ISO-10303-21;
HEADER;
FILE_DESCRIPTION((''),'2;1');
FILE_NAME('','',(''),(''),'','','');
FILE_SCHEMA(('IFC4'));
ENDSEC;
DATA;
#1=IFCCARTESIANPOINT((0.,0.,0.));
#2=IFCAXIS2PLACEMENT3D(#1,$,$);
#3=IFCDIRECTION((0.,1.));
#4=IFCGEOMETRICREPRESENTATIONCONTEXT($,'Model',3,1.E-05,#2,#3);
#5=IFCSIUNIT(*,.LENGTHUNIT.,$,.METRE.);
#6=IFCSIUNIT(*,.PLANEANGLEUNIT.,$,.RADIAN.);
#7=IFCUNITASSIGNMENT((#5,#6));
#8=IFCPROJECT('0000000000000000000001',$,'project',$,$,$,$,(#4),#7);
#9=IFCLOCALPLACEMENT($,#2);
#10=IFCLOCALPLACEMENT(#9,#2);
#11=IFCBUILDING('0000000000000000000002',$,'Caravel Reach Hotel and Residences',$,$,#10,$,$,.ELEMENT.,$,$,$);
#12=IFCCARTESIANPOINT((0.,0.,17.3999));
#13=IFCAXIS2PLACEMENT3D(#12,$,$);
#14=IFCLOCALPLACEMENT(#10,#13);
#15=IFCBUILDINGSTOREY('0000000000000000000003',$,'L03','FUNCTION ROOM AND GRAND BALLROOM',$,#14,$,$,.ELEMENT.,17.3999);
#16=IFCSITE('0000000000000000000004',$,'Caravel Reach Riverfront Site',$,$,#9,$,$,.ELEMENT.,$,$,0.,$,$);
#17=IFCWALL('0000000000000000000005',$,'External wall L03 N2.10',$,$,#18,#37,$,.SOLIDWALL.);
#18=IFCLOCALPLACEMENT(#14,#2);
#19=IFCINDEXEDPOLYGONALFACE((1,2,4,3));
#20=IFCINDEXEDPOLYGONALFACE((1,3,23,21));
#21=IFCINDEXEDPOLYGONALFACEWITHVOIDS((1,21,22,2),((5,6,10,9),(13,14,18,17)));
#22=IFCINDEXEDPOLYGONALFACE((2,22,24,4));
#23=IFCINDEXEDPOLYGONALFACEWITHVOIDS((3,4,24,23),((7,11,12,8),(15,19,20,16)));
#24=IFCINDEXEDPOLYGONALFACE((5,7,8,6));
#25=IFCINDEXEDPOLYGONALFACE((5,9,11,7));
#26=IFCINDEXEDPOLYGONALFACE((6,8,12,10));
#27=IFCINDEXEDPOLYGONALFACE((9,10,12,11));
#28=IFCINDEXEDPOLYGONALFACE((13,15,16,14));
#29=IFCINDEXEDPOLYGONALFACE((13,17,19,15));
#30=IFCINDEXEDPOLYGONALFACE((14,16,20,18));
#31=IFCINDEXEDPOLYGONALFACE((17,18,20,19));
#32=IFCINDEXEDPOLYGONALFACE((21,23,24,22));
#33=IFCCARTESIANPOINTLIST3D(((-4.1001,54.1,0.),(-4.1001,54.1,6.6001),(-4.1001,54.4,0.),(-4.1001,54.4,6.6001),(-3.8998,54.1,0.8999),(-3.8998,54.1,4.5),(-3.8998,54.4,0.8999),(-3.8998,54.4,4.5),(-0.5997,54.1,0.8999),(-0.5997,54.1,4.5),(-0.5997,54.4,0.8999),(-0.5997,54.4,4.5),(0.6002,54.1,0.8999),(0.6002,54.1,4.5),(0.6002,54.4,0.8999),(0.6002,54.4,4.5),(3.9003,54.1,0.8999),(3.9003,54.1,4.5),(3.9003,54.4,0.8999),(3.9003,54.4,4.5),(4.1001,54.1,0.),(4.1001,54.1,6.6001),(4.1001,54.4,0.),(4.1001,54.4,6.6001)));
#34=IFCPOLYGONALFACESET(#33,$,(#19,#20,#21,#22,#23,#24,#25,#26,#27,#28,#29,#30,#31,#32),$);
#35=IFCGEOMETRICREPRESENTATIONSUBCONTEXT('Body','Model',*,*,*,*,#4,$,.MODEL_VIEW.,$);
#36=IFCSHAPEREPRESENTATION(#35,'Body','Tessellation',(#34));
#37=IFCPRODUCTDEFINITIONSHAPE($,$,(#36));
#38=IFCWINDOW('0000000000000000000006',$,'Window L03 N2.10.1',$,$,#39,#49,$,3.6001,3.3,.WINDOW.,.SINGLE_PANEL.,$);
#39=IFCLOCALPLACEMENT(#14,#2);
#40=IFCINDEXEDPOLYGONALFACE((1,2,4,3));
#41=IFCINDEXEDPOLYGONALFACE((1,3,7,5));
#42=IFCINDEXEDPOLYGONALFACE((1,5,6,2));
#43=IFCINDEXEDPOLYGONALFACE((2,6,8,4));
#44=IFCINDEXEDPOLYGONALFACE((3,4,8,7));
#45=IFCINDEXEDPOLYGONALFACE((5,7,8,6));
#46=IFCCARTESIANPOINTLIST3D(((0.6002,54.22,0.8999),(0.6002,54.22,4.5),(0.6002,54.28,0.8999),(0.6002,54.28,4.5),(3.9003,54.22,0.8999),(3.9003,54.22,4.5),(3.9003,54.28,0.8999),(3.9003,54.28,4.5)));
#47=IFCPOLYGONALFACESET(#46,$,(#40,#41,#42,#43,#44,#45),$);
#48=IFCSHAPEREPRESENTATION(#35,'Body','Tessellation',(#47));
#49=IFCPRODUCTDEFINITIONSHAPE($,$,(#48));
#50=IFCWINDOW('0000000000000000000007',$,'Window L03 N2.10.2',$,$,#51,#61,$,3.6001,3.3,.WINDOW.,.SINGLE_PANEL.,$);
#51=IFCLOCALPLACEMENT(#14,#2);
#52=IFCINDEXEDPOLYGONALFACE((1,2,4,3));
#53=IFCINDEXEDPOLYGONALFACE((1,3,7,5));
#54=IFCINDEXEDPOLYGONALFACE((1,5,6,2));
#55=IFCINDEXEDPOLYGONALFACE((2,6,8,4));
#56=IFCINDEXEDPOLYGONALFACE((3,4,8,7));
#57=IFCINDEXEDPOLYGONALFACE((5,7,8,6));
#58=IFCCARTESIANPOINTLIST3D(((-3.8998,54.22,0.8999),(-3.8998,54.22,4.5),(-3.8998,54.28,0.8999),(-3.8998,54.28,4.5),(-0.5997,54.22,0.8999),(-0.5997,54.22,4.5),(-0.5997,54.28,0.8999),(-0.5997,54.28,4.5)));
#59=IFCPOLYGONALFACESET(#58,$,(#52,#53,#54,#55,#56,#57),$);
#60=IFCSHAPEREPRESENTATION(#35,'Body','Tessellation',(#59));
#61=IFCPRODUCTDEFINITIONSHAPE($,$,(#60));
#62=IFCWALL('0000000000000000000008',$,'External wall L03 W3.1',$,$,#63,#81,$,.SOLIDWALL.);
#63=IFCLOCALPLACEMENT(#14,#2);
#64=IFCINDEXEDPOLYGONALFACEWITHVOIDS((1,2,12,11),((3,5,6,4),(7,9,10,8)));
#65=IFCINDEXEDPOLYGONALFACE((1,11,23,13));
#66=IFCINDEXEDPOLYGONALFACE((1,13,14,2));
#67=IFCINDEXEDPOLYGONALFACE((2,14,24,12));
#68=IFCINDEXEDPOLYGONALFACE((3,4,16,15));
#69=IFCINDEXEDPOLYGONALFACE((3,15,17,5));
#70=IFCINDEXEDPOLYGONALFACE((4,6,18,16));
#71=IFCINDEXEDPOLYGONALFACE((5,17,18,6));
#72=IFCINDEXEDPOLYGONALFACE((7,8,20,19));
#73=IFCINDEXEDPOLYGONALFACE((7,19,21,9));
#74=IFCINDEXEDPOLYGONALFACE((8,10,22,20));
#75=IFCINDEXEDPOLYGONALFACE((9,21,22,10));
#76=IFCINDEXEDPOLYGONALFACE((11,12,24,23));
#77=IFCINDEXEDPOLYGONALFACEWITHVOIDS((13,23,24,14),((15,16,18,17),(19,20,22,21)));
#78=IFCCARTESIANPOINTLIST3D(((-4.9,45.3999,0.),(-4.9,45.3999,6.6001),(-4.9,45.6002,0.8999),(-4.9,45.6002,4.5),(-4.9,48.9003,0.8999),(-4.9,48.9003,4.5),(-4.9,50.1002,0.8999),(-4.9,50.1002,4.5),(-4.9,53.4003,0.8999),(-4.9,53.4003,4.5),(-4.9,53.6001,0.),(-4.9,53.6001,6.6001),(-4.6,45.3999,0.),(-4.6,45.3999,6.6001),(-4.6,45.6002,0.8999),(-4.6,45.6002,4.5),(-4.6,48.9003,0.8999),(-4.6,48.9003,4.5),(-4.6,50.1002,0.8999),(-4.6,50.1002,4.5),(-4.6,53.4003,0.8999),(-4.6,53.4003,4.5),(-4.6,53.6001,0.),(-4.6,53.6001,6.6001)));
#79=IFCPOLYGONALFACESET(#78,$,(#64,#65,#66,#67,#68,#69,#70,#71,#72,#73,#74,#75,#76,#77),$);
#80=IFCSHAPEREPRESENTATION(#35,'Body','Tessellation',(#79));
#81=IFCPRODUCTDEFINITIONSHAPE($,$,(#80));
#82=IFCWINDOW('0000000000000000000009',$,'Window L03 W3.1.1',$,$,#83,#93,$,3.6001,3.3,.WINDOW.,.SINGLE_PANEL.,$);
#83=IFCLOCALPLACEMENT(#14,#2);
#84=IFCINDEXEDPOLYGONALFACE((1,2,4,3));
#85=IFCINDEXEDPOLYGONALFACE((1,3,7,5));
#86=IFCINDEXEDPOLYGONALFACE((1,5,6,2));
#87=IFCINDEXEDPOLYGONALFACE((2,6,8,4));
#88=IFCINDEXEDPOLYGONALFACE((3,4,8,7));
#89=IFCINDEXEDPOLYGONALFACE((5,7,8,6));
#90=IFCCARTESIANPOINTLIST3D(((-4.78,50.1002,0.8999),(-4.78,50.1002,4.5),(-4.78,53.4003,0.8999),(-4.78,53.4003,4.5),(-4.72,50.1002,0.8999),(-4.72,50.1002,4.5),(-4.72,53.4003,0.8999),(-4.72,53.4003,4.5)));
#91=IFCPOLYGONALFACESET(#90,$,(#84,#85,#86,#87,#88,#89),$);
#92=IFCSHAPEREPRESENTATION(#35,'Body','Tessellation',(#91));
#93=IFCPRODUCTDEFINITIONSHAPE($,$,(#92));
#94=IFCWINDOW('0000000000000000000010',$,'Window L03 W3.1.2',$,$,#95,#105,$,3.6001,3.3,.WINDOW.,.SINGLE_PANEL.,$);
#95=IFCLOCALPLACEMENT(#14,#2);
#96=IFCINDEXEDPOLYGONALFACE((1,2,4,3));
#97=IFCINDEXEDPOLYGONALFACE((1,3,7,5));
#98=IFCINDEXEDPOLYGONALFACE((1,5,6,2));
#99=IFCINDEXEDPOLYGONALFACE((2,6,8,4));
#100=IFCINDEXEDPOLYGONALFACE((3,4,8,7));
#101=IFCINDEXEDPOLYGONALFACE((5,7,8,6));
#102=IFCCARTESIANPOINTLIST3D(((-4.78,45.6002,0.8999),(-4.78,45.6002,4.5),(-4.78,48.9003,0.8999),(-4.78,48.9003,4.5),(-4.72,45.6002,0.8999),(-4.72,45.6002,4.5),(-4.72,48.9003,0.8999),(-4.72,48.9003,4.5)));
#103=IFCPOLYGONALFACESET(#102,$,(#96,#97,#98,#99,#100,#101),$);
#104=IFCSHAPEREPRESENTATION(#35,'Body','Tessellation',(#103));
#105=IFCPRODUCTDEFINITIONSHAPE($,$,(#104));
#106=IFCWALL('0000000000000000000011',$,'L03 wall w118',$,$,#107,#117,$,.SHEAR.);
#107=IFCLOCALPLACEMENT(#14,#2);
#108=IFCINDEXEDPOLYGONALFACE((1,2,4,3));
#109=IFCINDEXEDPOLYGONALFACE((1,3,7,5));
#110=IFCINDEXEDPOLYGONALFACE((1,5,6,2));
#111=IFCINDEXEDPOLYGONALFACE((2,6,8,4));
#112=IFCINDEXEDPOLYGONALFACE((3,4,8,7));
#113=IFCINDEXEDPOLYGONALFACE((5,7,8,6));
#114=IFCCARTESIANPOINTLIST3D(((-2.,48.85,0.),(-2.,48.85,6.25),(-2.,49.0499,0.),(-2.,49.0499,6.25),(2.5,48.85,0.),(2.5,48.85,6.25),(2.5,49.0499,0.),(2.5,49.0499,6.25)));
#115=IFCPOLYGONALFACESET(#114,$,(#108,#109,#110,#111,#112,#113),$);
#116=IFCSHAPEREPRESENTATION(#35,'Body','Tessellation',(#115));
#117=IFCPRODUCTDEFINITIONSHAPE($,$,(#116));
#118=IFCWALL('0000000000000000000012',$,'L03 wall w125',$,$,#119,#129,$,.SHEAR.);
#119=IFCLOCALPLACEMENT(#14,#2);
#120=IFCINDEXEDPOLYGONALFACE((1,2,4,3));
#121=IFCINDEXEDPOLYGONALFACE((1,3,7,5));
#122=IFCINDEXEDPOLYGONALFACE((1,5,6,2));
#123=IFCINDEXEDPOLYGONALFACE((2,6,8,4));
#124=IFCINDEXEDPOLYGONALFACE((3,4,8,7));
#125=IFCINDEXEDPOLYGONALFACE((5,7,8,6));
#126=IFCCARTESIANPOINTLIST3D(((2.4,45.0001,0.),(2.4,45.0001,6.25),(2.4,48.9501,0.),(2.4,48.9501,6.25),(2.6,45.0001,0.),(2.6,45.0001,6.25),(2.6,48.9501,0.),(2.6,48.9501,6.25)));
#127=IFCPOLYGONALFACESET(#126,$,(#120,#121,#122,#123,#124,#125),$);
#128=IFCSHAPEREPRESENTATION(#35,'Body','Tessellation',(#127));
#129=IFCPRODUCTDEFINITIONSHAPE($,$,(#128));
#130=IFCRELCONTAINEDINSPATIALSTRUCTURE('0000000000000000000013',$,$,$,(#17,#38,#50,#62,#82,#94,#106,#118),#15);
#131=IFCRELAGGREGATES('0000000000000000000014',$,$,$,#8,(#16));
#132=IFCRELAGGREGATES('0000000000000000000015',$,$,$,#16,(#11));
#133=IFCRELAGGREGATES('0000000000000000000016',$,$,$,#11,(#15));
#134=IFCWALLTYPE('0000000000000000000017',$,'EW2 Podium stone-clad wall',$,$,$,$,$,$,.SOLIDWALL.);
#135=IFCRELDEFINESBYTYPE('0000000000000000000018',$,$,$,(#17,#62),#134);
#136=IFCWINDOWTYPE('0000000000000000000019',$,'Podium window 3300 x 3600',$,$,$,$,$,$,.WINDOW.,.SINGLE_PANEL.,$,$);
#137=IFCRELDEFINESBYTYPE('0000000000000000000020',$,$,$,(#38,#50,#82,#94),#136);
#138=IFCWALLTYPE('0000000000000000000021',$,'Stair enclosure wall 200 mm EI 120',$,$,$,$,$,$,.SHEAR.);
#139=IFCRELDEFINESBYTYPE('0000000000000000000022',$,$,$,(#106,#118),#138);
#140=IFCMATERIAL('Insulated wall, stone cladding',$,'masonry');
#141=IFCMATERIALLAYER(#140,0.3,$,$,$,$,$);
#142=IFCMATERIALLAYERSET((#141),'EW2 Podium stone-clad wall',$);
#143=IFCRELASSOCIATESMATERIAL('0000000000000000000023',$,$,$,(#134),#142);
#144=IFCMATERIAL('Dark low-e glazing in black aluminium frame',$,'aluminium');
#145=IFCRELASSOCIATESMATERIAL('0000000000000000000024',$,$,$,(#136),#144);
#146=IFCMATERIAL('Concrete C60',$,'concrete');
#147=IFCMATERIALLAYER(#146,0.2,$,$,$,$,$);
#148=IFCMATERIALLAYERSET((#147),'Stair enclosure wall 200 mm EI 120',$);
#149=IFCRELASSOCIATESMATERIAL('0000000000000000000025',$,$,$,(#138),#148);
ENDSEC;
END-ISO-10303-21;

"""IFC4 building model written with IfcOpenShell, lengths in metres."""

from ifc_helpers import new_model, si_unit, direction, frame, frame_2d, origin, place, context, subcontext, project, spatial, rectangle, extrude, material, layer, layer_set, type_object, element, fill, save


model = new_model("IFC4")

# Units and contexts
model_context = context("Model", 3, precision=1e-05, world=origin(), true_north=direction((0.0, 1.0)))
body_context = subcontext(model_context, "Body", "Model", "MODEL_VIEW")
ifc_project = project(units=[si_unit("LENGTHUNIT", "METRE"), si_unit("PLANEANGLEUNIT", "RADIAN")], contexts=[model_context])

# Site, building, storey
site_placement = place(None, origin())
site = spatial("IfcSite", under=ifc_project, at=site_placement, Name="Caravel Reach Riverfront Site", CompositionType="ELEMENT", RefElevation=0.0)
building_placement = place(site_placement, origin())
building = spatial("IfcBuilding", under=site, at=building_placement, Name="Caravel Reach Hotel and Residences", CompositionType="ELEMENT")
storey_placement = place(building_placement, frame((0.0, 0.0, 17.3999)))
storey = spatial("IfcBuildingStorey", under=building, at=storey_placement, Name="L03", Description="FUNCTION ROOM AND GRAND BALLROOM", CompositionType="ELEMENT", Elevation=17.3999)

# Walls, openings, windows
ifc_material_1 = material(Name="Insulated wall, stone cladding", Category="masonry")
ifc_layer_1 = layer(ifc_material_1, 0.3)
ifc_layer_set_1 = layer_set([ifc_layer_1], Name="EW2 Podium stone-clad wall")
wall_type_1 = type_object("IfcWallType", Name="EW2 Podium stone-clad wall", PredefinedType="SOLIDWALL", material=ifc_layer_set_1)
wall_1_placement = place(storey_placement, frame((4.1001, 54.25, 0.0), z_axis=(0.0, 0.0, 1.0), x_axis=(-1.0, 0.0, 0.0)))
wall_1 = element("IfcWall", 1, at=wall_1_placement, inside=storey, type_object=wall_type_1, Name="External wall L03 N2.10", PredefinedType="SOLIDWALL", context=body_context, shape_type="SweptSolid", body=[
    extrude(rectangle(XDim=8.2002, YDim=0.3, at=frame_2d((4.1001, 0.0))), origin(), (0.0, 0.0, 1.0), 6.6001),
])
opening_1_placement = place(wall_1_placement, frame((0.2, 0.0, 0.8999)))
opening_1 = element("IfcOpeningElement", 2, at=opening_1_placement, cuts=wall_1, PredefinedType="OPENING", context=body_context, shape_type="SweptSolid", body=[
    extrude(rectangle(XDim=3.3, YDim=3.6001, at=frame_2d((1.6499, 1.8))), frame((0.0, 0.1599, 0.0), z_axis=(0.0, -1.0, 0.0), x_axis=(1.0, 0.0, 0.0)), (0.0, 0.0, 1.0), 0.3201),
])
opening_2_placement = place(wall_1_placement, frame((4.7, 0.0, 0.8999)))
opening_2 = element("IfcOpeningElement", 3, at=opening_2_placement, cuts=wall_1, PredefinedType="OPENING", context=body_context, shape_type="SweptSolid", body=[
    extrude(rectangle(XDim=3.3, YDim=3.6001, at=frame_2d((1.6499, 1.8))), frame((0.0, 0.1599, 0.0), z_axis=(0.0, -1.0, 0.0), x_axis=(1.0, 0.0, 0.0)), (0.0, 0.0, 1.0), 0.3201),
])
ifc_material_2 = material(Name="Dark low-e glazing in black aluminium frame", Category="aluminium")
window_type = type_object("IfcWindowType", Name="Podium window 3300 x 3600", PartitioningType="SINGLE_PANEL", PredefinedType="WINDOW", material=ifc_material_2)
window_1_placement = place(opening_1_placement, origin())
window_1 = element("IfcWindow", 4, at=window_1_placement, inside=storey, type_object=window_type, Name="Window L03 N2.10.1", OverallHeight=3.6001, OverallWidth=3.3, PartitioningType="SINGLE_PANEL", PredefinedType="WINDOW", context=body_context, shape_type="SweptSolid", body=[
    extrude(rectangle(XDim=3.3, YDim=3.6001, at=frame_2d((1.6499, 1.8))), frame((0.0, 0.03, 0.0), z_axis=(0.0, -1.0, 0.0), x_axis=(1.0, 0.0, 0.0)), (0.0, 0.0, 1.0), 0.0601),
])
fill(opening_1, window_1)
window_2_placement = place(opening_2_placement, origin())
window_2 = element("IfcWindow", 5, at=window_2_placement, inside=storey, type_object=window_type, Name="Window L03 N2.10.2", OverallHeight=3.6001, OverallWidth=3.3, PartitioningType="SINGLE_PANEL", PredefinedType="WINDOW", context=body_context, shape_type="SweptSolid", body=[
    extrude(rectangle(XDim=3.3, YDim=3.6001, at=frame_2d((1.6499, 1.8))), frame((0.0, 0.03, 0.0), z_axis=(0.0, -1.0, 0.0), x_axis=(1.0, 0.0, 0.0)), (0.0, 0.0, 1.0), 0.0601),
])
fill(opening_2, window_2)
wall_2_placement = place(storey_placement, frame((-4.75, 53.6001, 0.0), z_axis=(0.0, 0.0, 1.0), x_axis=(0.0, -1.0, 0.0)))
wall_2 = element("IfcWall", 6, at=wall_2_placement, inside=storey, type_object=wall_type_1, Name="External wall L03 W3.1", PredefinedType="SOLIDWALL", context=body_context, shape_type="SweptSolid", body=[
    extrude(rectangle(XDim=8.2002, YDim=0.3, at=frame_2d((4.1001, 0.0))), origin(), (0.0, 0.0, 1.0), 6.6001),
])
opening_3_placement = place(wall_2_placement, frame((0.2, 0.0, 0.8999)))
opening_3 = element("IfcOpeningElement", 7, at=opening_3_placement, cuts=wall_2, PredefinedType="OPENING", context=body_context, shape_type="SweptSolid", body=[
    extrude(rectangle(XDim=3.3, YDim=3.6001, at=frame_2d((1.6499, 1.8))), frame((0.0, 0.1599, 0.0), z_axis=(0.0, -1.0, 0.0), x_axis=(1.0, 0.0, 0.0)), (0.0, 0.0, 1.0), 0.3201),
])
opening_4_placement = place(wall_2_placement, frame((4.7, 0.0, 0.8999)))
opening_4 = element("IfcOpeningElement", 8, at=opening_4_placement, cuts=wall_2, PredefinedType="OPENING", context=body_context, shape_type="SweptSolid", body=[
    extrude(rectangle(XDim=3.3, YDim=3.6001, at=frame_2d((1.6499, 1.8))), frame((0.0, 0.1599, 0.0), z_axis=(0.0, -1.0, 0.0), x_axis=(1.0, 0.0, 0.0)), (0.0, 0.0, 1.0), 0.3201),
])
window_3_placement = place(opening_3_placement, origin())
window_3 = element("IfcWindow", 9, at=window_3_placement, inside=storey, type_object=window_type, Name="Window L03 W3.1.1", OverallHeight=3.6001, OverallWidth=3.3, PartitioningType="SINGLE_PANEL", PredefinedType="WINDOW", context=body_context, shape_type="SweptSolid", body=[
    extrude(rectangle(XDim=3.3, YDim=3.6001, at=frame_2d((1.6499, 1.8))), frame((0.0, 0.03, 0.0), z_axis=(0.0, -1.0, 0.0), x_axis=(1.0, 0.0, 0.0)), (0.0, 0.0, 1.0), 0.0601),
])
fill(opening_3, window_3)
window_4_placement = place(opening_4_placement, origin())
window_4 = element("IfcWindow", 10, at=window_4_placement, inside=storey, type_object=window_type, Name="Window L03 W3.1.2", OverallHeight=3.6001, OverallWidth=3.3, PartitioningType="SINGLE_PANEL", PredefinedType="WINDOW", context=body_context, shape_type="SweptSolid", body=[
    extrude(rectangle(XDim=3.3, YDim=3.6001, at=frame_2d((1.6499, 1.8))), frame((0.0, 0.03, 0.0), z_axis=(0.0, -1.0, 0.0), x_axis=(1.0, 0.0, 0.0)), (0.0, 0.0, 1.0), 0.0601),
])
fill(opening_4, window_4)

# Walls
ifc_material_3 = material(Name="Concrete C60", Category="concrete")
ifc_layer_2 = layer(ifc_material_3, 0.2)
ifc_layer_set_2 = layer_set([ifc_layer_2], Name="Stair enclosure wall 200 mm EI 120")
wall_type_2 = type_object("IfcWallType", Name="Stair enclosure wall 200 mm EI 120", PredefinedType="SHEAR", material=ifc_layer_set_2)
wall_3_placement = place(storey_placement, frame((-2.0, 48.95, 0.0), z_axis=(0.0, 0.0, 1.0), x_axis=(1.0, 0.0, 0.0)))
element("IfcWall", 11, at=wall_3_placement, inside=storey, type_object=wall_type_2, Name="L03 wall w118", PredefinedType="SHEAR", context=body_context, shape_type="SweptSolid", body=[
    extrude(rectangle(XDim=4.5, YDim=0.2, at=frame_2d((2.25, 0.0))), origin(), (0.0, 0.0, 1.0), 6.25),
])
wall_4_placement = place(storey_placement, frame((2.5, 45.0, 0.0), z_axis=(0.0, 0.0, 1.0), x_axis=(0.0, 1.0, 0.0)))
element("IfcWall", 12, at=wall_4_placement, inside=storey, type_object=wall_type_2, Name="L03 wall w125", PredefinedType="SHEAR", context=body_context, shape_type="SweptSolid", body=[
    extrude(rectangle(XDim=3.95, YDim=0.2, at=frame_2d((1.9751, 0.0))), origin(), (0.0, 0.0, 1.0), 6.25),
])

save(model, "model.ifc")
